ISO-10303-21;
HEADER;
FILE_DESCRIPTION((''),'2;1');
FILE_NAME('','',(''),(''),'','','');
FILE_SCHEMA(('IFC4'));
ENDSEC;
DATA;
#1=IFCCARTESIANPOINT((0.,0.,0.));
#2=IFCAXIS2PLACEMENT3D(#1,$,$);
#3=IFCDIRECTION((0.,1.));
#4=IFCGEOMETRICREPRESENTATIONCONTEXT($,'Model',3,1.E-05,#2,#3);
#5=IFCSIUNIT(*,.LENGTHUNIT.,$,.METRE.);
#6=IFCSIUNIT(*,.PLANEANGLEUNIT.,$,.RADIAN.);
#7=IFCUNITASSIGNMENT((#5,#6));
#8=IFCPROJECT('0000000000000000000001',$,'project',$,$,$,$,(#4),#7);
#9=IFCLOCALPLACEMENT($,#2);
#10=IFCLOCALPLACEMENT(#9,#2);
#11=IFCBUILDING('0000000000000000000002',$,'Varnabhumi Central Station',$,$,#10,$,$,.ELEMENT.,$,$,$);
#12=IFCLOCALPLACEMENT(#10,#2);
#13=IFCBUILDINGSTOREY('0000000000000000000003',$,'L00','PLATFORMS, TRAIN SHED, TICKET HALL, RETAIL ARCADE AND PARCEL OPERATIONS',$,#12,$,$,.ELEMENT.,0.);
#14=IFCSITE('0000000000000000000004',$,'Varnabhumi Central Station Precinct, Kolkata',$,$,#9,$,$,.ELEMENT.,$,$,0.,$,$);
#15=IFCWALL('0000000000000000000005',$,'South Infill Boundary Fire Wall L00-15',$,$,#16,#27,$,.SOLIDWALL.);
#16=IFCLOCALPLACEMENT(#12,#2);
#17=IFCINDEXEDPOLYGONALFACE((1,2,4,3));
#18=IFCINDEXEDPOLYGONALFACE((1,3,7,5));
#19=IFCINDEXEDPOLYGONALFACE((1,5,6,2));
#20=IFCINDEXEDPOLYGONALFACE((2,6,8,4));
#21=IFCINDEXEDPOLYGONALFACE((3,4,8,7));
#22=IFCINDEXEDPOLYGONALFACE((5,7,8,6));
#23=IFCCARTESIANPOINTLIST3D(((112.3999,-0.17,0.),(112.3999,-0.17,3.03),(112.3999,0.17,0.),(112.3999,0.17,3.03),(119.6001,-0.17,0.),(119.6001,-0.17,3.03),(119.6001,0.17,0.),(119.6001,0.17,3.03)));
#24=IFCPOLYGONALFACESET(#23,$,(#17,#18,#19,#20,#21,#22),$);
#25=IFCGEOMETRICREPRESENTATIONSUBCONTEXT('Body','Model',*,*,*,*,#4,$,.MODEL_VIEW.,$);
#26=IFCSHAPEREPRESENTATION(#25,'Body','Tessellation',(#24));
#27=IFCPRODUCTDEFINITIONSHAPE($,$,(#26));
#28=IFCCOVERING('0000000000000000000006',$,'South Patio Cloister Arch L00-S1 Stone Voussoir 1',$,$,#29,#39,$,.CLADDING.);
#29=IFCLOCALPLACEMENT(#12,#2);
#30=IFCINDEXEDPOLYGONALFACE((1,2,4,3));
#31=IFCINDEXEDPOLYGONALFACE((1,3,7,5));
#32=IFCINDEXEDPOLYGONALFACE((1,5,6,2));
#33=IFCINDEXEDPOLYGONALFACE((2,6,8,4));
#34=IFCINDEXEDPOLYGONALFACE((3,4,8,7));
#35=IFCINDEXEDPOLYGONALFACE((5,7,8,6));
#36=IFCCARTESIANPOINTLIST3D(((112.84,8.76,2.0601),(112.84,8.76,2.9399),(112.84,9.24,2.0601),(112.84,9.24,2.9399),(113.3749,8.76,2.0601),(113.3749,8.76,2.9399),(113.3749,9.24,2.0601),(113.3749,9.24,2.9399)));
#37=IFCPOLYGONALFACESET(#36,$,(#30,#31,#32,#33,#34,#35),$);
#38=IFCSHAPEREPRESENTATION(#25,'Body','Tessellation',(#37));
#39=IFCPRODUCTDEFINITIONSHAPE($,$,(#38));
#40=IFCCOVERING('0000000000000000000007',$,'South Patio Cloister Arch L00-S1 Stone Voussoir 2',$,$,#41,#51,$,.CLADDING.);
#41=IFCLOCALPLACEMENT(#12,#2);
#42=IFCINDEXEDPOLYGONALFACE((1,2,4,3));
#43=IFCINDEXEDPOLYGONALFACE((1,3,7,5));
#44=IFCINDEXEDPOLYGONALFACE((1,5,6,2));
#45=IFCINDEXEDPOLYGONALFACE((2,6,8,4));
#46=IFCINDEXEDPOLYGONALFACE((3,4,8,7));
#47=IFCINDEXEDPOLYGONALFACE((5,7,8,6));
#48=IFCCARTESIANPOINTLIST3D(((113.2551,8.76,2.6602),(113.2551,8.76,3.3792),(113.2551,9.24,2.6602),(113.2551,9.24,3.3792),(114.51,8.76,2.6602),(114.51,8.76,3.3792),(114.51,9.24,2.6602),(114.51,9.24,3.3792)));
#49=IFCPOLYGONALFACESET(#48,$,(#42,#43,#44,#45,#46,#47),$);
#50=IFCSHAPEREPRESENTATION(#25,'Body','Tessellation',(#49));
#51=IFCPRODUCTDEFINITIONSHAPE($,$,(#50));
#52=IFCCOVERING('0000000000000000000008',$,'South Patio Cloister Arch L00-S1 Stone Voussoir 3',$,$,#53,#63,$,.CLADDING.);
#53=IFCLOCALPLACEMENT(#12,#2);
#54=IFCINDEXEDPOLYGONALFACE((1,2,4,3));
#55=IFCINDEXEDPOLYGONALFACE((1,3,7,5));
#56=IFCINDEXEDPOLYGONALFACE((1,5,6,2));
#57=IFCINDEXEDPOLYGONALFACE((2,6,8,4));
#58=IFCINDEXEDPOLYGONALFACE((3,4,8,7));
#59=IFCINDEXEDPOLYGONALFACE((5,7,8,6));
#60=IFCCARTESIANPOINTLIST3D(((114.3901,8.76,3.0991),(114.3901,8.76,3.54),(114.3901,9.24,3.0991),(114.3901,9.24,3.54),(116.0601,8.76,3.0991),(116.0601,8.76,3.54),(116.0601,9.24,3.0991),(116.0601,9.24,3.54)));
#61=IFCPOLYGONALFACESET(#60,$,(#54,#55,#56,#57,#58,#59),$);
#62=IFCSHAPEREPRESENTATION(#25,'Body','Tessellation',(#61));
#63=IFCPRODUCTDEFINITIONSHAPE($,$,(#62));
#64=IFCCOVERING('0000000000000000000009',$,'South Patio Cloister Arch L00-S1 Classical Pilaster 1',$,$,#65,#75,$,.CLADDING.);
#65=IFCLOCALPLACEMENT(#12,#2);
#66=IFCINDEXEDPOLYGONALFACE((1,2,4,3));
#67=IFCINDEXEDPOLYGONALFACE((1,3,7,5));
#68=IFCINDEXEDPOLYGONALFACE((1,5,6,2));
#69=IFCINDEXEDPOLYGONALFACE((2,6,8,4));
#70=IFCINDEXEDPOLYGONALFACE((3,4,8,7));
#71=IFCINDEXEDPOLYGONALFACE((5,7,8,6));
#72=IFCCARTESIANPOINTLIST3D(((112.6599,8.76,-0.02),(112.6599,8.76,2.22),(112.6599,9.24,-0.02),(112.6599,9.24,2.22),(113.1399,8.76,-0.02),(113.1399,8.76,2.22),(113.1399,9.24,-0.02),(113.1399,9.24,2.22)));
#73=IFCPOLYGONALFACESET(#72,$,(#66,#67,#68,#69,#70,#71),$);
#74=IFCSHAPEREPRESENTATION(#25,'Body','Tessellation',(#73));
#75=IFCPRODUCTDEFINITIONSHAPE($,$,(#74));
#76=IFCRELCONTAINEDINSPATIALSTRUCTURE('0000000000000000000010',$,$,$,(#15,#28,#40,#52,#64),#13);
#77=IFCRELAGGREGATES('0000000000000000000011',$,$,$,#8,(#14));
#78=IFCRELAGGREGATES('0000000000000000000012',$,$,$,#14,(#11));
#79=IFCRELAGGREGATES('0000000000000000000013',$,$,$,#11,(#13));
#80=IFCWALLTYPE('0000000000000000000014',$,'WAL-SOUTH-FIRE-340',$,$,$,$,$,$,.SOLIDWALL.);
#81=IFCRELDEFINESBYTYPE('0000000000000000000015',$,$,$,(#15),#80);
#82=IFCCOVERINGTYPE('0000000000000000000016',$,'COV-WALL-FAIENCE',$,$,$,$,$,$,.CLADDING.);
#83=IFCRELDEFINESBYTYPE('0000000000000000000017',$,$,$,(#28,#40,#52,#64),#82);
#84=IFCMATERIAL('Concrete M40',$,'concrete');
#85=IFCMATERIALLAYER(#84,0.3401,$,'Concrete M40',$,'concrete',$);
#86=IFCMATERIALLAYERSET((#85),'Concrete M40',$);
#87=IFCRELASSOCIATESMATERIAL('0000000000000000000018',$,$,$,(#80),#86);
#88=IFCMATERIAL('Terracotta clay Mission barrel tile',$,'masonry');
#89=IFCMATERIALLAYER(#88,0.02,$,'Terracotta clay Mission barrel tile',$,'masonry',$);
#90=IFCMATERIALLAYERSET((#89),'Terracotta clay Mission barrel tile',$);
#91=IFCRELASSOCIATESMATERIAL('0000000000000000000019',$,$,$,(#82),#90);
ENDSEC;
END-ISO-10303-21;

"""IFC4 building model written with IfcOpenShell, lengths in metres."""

from ifc_helpers import new_model, si_unit, direction, frame, frame_2d, origin, origin_2d, place, context, subcontext, project, spatial, rectangle, extrude, material, layer, layer_set, type_object, element, save


model = new_model("IFC4")

# Units and contexts
model_context = context("Model", 3, precision=1e-05, world=origin(), true_north=direction((0.0, 1.0)))
body_context = subcontext(model_context, "Body", "Model", "MODEL_VIEW")
ifc_project = project(units=[si_unit("LENGTHUNIT", "METRE"), si_unit("PLANEANGLEUNIT", "RADIAN")], contexts=[model_context])

# Site, building, storey
site_placement = place(None, origin())
site = spatial("IfcSite", under=ifc_project, at=site_placement, Name="Varnabhumi Central Station Precinct, Kolkata", CompositionType="ELEMENT", RefElevation=0.0)
building_placement = place(site_placement, origin())
building = spatial("IfcBuilding", under=site, at=building_placement, Name="Varnabhumi Central Station", CompositionType="ELEMENT")
storey_placement = place(building_placement, origin())
storey = spatial("IfcBuildingStorey", under=building, at=storey_placement, Name="L00", Description="PLATFORMS, TRAIN SHED, TICKET HALL, RETAIL ARCADE AND PARCEL OPERATIONS", CompositionType="ELEMENT", Elevation=0.0)

# Shared definitions
ifc_material_1 = material(Name="Concrete M40", Category="concrete")

# Wall
ifc_layer_1 = layer(ifc_material_1, 0.3401, Name="Concrete M40", Category="concrete")
ifc_layer_set_1 = layer_set([ifc_layer_1], Name="Concrete M40")
wall_type_1 = type_object("IfcWallType", Name="WAL-SOUTH-FIRE-340", PredefinedType="SOLIDWALL", material=ifc_layer_set_1)
wall_1_placement = place(storey_placement, frame((112.3999, 0.0, 0.0), z_axis=(0.0, 0.0, 1.0), x_axis=(1.0, 0.0, 0.0)))
element("IfcWall", 1, at=wall_1_placement, inside=storey, type_object=wall_type_1, Name="South Infill Boundary Fire Wall L00-15", PredefinedType="SOLIDWALL", context=body_context, shape_type="SweptSolid", body=[
    extrude(rectangle(XDim=7.2002, YDim=0.3401, at=frame_2d((3.6001, 0.0))), origin(), (0.0, 0.0, 1.0), 3.03),
])

# Coverings
ifc_material_2 = material(Name="Terracotta clay Mission barrel tile", Category="masonry")
ifc_layer_2 = layer(ifc_material_2, 0.02, Name="Terracotta clay Mission barrel tile", Category="masonry")
ifc_layer_set_2 = layer_set([ifc_layer_2], Name="Terracotta clay Mission barrel tile")
covering_type = type_object("IfcCoveringType", Name="COV-WALL-FAIENCE", PredefinedType="CLADDING", material=ifc_layer_set_2)
covering_1_placement = place(storey_placement, frame((113.1074, 9.0, 2.0601), z_axis=(0.0, 0.0, 1.0), x_axis=(1.0, 0.0, 0.0)))
element("IfcCovering", 2, at=covering_1_placement, inside=storey, type_object=covering_type, Name="South Patio Cloister Arch L00-S1 Stone Voussoir 1", PredefinedType="CLADDING", context=body_context, shape_type="SweptSolid", body=[
    extrude(rectangle(XDim=0.5349, YDim=0.48, at=origin_2d()), origin(), (0.0, 0.0, 1.0), 0.8799),
])
covering_2_placement = place(storey_placement, frame((113.8826, 9.0, 2.6602), z_axis=(0.0, 0.0, 1.0), x_axis=(1.0, 0.0, 0.0)))
element("IfcCovering", 3, at=covering_2_placement, inside=storey, type_object=covering_type, Name="South Patio Cloister Arch L00-S1 Stone Voussoir 2", PredefinedType="CLADDING", context=body_context, shape_type="SweptSolid", body=[
    extrude(rectangle(XDim=1.2549, YDim=0.48, at=origin_2d()), origin(), (0.0, 0.0, 1.0), 0.719),
])
covering_3_placement = place(storey_placement, frame((115.2251, 9.0, 3.0991), z_axis=(0.0, 0.0, 1.0), x_axis=(1.0, 0.0, 0.0)))
element("IfcCovering", 4, at=covering_3_placement, inside=storey, type_object=covering_type, Name="South Patio Cloister Arch L00-S1 Stone Voussoir 3", PredefinedType="CLADDING", context=body_context, shape_type="SweptSolid", body=[
    extrude(rectangle(XDim=1.6699, YDim=0.48, at=origin_2d()), origin(), (0.0, 0.0, 1.0), 0.4409),
])
covering_4_placement = place(storey_placement, frame((112.8999, 9.0, -0.02), z_axis=(0.0, 0.0, 1.0), x_axis=(1.0, 0.0, 0.0)))
element("IfcCovering", 5, at=covering_4_placement, inside=storey, type_object=covering_type, Name="South Patio Cloister Arch L00-S1 Classical Pilaster 1", PredefinedType="CLADDING", context=body_context, shape_type="SweptSolid", body=[
    extrude(rectangle(XDim=0.48, YDim=0.48, at=origin_2d()), origin(), (0.0, 0.0, 1.0), 2.24),
])

save(model, "model.ifc")
